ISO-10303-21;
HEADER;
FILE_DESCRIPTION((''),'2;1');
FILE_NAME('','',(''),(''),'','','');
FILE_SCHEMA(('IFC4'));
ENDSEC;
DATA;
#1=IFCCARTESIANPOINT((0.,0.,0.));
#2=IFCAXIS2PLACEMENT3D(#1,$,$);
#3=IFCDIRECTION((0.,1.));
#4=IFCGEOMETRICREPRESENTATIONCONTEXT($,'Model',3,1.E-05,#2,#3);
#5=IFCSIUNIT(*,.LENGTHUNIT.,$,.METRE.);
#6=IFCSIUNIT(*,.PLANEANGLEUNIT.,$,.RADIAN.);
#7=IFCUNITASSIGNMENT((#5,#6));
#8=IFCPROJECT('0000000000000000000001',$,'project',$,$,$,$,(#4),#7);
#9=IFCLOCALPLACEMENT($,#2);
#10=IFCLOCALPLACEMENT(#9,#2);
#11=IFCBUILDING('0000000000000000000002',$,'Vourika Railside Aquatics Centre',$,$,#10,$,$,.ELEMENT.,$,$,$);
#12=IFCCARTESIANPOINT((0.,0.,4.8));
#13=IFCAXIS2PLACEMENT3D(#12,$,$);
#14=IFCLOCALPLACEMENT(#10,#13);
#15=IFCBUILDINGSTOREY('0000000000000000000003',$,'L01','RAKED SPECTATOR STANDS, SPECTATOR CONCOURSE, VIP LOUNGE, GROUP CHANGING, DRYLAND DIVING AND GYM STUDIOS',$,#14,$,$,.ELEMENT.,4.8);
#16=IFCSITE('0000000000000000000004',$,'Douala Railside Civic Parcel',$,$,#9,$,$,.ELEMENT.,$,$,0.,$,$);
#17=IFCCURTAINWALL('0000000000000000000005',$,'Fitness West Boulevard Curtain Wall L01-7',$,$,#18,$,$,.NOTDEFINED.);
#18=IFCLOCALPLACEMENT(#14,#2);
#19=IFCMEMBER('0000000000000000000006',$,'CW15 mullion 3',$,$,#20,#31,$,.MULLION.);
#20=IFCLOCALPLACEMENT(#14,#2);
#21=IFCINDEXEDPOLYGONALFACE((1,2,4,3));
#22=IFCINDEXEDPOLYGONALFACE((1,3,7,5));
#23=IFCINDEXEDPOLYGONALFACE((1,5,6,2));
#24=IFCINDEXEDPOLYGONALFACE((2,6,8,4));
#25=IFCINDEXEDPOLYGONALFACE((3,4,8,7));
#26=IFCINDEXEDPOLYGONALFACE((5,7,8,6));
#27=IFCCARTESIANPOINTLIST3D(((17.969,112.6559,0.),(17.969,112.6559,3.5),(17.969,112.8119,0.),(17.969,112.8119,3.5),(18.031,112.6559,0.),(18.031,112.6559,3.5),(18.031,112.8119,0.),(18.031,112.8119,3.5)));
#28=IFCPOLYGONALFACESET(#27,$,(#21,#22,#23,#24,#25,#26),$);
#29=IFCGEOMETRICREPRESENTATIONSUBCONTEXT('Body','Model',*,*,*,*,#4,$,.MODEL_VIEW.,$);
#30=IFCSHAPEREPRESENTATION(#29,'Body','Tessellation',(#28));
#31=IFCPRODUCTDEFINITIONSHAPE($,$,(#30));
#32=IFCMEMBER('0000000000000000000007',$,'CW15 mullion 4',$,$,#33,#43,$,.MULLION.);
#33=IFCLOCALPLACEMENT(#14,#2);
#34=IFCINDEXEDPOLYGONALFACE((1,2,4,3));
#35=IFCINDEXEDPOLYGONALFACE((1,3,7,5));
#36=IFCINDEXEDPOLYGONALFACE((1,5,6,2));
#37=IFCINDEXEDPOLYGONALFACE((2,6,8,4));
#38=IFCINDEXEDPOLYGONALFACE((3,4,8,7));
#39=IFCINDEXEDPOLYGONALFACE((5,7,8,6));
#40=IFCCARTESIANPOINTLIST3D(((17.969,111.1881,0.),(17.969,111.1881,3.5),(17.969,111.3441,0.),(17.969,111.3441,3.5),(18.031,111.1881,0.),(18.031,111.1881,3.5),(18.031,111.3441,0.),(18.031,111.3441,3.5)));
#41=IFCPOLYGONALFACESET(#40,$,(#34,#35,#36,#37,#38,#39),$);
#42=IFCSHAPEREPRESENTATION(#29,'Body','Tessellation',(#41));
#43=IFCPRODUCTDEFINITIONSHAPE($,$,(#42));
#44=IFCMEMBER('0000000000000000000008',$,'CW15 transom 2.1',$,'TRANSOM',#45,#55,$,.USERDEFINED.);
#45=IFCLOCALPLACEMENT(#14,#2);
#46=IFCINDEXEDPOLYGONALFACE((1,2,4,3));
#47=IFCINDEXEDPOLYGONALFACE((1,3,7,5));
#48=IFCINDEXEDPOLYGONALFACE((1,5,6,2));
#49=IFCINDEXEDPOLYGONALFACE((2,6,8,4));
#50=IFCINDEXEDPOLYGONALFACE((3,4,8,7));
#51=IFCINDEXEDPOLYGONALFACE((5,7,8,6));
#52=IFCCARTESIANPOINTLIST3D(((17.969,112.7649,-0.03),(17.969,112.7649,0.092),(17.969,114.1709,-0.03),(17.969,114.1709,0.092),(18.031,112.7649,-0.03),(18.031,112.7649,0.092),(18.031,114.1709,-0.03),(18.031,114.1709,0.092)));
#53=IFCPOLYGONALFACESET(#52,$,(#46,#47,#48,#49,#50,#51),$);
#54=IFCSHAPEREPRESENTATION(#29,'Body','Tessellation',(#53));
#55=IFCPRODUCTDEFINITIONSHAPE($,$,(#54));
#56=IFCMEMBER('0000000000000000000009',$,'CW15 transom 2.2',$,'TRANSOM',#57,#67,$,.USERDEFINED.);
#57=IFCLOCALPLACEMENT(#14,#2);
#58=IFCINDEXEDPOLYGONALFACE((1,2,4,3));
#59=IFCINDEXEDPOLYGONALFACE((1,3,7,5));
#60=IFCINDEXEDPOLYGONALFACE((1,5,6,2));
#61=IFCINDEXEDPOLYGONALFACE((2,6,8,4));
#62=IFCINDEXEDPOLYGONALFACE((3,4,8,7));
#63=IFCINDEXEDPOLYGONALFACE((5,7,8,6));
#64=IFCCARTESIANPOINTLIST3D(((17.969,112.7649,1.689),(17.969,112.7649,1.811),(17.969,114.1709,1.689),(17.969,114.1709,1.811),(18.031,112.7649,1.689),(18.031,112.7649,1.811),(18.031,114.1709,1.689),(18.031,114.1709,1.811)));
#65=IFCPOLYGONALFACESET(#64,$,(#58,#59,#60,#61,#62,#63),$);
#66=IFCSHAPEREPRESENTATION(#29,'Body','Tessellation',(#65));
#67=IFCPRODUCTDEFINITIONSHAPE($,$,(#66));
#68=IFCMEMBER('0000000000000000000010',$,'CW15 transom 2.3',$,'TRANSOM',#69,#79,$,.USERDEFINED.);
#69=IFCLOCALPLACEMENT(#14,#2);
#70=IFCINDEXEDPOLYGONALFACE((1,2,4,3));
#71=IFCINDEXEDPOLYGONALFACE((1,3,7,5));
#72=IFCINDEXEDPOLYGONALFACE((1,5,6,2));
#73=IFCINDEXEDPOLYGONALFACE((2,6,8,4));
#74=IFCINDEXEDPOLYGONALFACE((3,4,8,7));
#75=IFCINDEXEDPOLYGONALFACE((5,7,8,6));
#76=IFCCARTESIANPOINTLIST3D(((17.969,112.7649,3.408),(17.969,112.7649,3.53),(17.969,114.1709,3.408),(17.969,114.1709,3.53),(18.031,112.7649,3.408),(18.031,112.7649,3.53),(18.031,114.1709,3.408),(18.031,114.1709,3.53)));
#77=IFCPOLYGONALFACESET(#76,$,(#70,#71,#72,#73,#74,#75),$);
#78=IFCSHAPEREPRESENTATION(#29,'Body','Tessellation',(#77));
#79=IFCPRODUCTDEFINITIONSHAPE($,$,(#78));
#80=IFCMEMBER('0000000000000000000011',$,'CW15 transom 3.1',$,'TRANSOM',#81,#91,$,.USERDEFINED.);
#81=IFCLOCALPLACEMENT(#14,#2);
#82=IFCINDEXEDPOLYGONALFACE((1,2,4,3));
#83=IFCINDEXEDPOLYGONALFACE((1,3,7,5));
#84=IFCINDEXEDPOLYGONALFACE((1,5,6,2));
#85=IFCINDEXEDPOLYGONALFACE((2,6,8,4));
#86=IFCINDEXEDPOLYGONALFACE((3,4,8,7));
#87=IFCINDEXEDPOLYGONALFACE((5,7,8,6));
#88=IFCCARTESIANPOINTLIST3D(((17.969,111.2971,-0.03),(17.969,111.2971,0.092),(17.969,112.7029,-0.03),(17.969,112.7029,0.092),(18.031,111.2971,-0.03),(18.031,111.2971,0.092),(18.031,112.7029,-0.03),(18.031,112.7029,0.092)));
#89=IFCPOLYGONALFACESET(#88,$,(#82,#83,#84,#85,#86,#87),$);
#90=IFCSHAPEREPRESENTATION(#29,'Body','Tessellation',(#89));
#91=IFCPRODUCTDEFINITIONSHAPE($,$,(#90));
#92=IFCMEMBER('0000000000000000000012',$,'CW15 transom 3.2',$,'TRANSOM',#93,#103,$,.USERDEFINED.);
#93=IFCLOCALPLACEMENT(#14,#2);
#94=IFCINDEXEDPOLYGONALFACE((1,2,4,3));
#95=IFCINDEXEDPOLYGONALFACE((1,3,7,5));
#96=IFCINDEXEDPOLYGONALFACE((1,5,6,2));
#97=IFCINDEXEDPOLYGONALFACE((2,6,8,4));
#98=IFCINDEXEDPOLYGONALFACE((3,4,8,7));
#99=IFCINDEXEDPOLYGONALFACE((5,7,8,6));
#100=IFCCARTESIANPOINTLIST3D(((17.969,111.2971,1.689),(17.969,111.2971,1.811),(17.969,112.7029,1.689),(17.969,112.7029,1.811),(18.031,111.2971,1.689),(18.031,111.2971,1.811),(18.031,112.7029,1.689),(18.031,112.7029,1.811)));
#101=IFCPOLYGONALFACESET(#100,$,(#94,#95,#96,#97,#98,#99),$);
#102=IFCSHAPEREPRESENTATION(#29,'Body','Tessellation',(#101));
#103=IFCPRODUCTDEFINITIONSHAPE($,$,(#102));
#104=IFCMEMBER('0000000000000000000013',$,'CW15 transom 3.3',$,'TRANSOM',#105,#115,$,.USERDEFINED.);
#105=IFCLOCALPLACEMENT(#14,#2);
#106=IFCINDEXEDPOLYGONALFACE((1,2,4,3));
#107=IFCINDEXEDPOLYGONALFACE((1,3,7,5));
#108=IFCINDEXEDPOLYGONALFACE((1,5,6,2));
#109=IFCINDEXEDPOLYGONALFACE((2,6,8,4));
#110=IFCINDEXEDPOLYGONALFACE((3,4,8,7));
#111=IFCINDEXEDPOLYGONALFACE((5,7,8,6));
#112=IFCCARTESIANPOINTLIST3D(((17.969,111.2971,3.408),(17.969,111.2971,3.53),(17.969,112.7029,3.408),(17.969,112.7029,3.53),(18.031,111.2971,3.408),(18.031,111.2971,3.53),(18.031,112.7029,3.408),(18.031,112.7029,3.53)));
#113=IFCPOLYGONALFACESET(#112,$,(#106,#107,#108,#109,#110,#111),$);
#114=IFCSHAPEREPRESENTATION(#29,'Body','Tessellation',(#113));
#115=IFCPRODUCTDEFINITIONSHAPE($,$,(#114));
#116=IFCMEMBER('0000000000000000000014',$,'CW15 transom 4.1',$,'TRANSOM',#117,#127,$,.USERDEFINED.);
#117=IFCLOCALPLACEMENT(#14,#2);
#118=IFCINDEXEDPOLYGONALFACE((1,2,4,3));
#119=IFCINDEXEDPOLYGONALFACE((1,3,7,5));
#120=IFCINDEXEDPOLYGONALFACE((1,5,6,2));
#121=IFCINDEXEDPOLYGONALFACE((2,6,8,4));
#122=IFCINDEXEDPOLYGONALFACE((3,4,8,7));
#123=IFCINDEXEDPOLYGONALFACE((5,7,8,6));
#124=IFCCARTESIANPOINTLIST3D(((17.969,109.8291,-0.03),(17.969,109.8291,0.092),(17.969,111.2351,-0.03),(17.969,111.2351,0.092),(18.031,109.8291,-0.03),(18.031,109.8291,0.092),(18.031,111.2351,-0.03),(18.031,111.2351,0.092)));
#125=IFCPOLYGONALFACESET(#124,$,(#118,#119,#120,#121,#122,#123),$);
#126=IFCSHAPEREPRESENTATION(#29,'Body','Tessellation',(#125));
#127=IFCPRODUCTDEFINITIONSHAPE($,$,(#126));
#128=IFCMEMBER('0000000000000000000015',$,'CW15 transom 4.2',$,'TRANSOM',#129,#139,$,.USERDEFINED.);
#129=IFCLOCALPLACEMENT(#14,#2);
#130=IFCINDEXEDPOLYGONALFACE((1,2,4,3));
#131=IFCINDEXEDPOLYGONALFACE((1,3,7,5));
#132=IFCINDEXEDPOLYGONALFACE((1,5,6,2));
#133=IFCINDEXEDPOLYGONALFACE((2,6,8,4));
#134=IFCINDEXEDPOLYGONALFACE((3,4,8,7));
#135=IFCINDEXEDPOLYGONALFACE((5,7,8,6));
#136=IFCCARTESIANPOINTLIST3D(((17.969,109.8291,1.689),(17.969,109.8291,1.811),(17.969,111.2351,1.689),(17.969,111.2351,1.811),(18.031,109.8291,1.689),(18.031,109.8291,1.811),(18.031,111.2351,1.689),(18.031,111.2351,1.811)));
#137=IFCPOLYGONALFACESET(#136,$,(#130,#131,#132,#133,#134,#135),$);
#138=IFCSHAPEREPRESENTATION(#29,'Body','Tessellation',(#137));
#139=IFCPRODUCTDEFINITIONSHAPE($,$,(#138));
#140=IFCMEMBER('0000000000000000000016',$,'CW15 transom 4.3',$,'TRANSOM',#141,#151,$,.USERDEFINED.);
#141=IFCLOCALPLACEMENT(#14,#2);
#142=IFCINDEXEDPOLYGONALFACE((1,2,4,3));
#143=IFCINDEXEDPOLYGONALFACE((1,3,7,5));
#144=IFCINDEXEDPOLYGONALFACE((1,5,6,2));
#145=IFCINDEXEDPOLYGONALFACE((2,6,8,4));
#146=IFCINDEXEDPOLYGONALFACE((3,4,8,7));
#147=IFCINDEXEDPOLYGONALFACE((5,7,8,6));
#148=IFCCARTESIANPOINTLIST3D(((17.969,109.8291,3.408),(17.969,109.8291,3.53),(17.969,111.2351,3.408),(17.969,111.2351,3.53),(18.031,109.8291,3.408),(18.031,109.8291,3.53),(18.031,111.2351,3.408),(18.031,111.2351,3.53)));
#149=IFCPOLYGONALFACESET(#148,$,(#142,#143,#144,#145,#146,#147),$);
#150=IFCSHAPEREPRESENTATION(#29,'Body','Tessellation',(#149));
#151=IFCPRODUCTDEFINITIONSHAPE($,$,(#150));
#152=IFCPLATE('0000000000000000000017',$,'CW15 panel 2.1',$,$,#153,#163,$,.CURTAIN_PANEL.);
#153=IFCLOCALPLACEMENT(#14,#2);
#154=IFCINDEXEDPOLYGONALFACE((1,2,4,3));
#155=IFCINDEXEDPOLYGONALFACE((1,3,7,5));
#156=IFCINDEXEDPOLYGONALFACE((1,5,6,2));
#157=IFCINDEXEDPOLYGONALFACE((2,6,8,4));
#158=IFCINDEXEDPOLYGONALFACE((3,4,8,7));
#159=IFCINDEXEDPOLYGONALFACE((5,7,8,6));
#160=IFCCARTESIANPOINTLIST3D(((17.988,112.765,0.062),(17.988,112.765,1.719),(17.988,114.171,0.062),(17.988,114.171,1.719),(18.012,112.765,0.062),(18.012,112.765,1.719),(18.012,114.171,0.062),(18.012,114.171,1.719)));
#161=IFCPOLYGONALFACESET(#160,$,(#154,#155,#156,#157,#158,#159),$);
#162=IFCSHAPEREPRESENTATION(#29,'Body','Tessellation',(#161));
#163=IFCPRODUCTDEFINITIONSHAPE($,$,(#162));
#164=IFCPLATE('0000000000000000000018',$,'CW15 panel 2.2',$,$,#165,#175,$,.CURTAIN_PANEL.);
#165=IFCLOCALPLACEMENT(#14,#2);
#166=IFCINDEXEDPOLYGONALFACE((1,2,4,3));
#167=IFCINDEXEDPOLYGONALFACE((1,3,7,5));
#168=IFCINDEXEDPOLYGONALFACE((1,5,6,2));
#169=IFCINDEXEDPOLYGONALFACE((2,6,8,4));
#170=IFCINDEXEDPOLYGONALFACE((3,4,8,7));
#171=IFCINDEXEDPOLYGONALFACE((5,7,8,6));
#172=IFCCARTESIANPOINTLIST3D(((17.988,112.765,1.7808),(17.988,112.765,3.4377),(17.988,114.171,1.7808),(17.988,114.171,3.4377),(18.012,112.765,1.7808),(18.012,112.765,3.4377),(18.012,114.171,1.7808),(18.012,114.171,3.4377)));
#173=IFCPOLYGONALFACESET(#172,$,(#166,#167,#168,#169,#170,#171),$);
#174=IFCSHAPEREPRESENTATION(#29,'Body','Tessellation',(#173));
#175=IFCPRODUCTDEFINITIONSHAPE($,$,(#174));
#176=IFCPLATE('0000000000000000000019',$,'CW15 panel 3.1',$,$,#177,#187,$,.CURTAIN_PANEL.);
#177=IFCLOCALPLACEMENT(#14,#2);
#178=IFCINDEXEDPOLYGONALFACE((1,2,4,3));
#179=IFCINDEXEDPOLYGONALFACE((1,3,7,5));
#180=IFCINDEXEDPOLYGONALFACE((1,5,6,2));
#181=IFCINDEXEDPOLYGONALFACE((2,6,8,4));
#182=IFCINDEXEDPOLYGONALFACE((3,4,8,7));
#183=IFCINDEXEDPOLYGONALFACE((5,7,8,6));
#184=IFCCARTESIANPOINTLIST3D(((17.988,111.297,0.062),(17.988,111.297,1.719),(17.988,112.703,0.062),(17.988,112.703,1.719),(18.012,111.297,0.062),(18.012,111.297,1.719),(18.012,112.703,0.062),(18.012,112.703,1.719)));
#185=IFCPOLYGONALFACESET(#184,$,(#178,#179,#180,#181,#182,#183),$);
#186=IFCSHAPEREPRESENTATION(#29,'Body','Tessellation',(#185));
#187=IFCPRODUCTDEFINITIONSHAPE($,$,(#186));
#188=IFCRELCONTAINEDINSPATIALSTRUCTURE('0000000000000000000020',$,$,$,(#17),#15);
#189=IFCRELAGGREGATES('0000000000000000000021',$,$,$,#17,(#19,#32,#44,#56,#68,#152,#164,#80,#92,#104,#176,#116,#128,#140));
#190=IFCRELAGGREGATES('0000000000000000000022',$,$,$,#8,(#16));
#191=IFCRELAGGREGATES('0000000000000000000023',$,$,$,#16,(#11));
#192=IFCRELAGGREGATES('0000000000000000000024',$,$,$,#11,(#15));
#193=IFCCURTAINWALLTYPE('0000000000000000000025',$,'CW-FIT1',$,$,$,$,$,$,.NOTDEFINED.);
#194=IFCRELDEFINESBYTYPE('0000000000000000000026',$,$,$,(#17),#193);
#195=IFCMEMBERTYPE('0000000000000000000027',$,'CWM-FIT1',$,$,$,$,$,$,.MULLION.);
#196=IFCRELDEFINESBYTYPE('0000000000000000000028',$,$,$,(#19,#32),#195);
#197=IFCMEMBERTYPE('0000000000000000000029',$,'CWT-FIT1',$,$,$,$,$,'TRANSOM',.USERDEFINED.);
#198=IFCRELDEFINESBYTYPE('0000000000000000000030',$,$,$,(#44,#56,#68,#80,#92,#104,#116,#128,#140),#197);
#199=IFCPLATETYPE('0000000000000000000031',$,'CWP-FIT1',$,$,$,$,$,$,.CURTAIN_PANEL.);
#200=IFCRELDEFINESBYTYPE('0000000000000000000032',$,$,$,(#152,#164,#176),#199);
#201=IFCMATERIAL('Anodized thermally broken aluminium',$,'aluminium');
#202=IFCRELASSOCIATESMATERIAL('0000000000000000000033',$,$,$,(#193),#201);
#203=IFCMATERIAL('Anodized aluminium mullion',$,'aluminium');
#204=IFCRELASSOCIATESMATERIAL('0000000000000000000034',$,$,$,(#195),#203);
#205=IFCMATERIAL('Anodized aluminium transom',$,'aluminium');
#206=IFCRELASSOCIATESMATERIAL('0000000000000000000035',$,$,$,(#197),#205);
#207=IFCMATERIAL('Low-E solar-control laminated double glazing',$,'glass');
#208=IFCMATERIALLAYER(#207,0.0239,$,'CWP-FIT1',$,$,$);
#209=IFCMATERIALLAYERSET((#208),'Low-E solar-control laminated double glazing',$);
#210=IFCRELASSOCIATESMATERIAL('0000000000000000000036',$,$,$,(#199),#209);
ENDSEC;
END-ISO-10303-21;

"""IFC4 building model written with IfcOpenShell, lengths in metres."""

from ifc_helpers import new_model, si_unit, direction, frame, origin, origin_2d, place, context, subcontext, project, spatial, rectangle, extrude, material, layer, layer_set, material_profile, profile_set, type_object, element, aggregate, save


model = new_model("IFC4")

# Units and contexts
model_context = context("Model", 3, precision=1e-05, world=origin(), true_north=direction((0.0, 1.0)))
body_context = subcontext(model_context, "Body", "Model", "MODEL_VIEW")
ifc_project = project(units=[si_unit("LENGTHUNIT", "METRE"), si_unit("PLANEANGLEUNIT", "RADIAN")], contexts=[model_context])

# Site, building, storey
site_placement = place(None, origin())
site = spatial("IfcSite", under=ifc_project, at=site_placement, Name="Douala Railside Civic Parcel", CompositionType="ELEMENT", RefElevation=0.0)
building_placement = place(site_placement, origin())
building = spatial("IfcBuilding", under=site, at=building_placement, Name="Vourika Railside Aquatics Centre", CompositionType="ELEMENT")
storey_placement = place(building_placement, frame((0.0, 0.0, 4.8)))
storey = spatial("IfcBuildingStorey", under=building, at=storey_placement, Name="L01", Description="RAKED SPECTATOR STANDS, SPECTATOR CONCOURSE, VIP LOUNGE, GROUP CHANGING, DRYLAND DIVING AND GYM STUDIOS", CompositionType="ELEMENT", Elevation=4.8)

# Curtain wall, members, plates
ifc_material_1 = material(Name="Anodized thermally broken aluminium", Category="aluminium")
curtain_wall_type = type_object("IfcCurtainWallType", Name="CW-FIT1", PredefinedType="NOTDEFINED", material=ifc_material_1)
curtain_wall_placement = place(storey_placement, origin())
curtain_wall = element("IfcCurtainWall", 1, at=curtain_wall_placement, inside=storey, type_object=curtain_wall_type, Name="Fitness West Boulevard Curtain Wall L01-7", PredefinedType="NOTDEFINED")
ifc_material_2 = material(Name="Anodized aluminium mullion", Category="aluminium")
ifc_material_profile_1 = material_profile(ifc_material_2, rectangle(XDim=0.062, YDim=0.156, at=origin_2d()), Name="ALU-M 62x156")
ifc_profile_set_1 = profile_set([ifc_material_profile_1], Name="Anodized aluminium mullion")
member_type_1 = type_object("IfcMemberType", Name="CWM-FIT1", PredefinedType="MULLION", material=ifc_profile_set_1)
member_1_placement = place(storey_placement, frame((18.0, 112.7339, 0.0), z_axis=(0.0, 0.0, 1.0), x_axis=(1.0, 0.0, 0.0)))
member_1 = element("IfcMember", 2, at=member_1_placement, type_object=member_type_1, Name="CW15 mullion 3", PredefinedType="MULLION", context=body_context, shape_type="SweptSolid", body=[
    extrude(rectangle(XDim=0.062, YDim=0.156, at=origin_2d()), origin(), (0.0, 0.0, 1.0), 3.5),
])
member_2_placement = place(storey_placement, frame((18.0, 111.2661, 0.0), z_axis=(0.0, 0.0, 1.0), x_axis=(1.0, 0.0, 0.0)))
member_2 = element("IfcMember", 3, at=member_2_placement, type_object=member_type_1, Name="CW15 mullion 4", PredefinedType="MULLION", context=body_context, shape_type="SweptSolid", body=[
    extrude(rectangle(XDim=0.062, YDim=0.156, at=origin_2d()), origin(), (0.0, 0.0, 1.0), 3.5),
])
ifc_material_3 = material(Name="Anodized aluminium transom", Category="aluminium")
ifc_material_profile_2 = material_profile(ifc_material_3, rectangle(XDim=0.062, YDim=0.1221, at=origin_2d()), Name="ALU-T 62x122")
ifc_profile_set_2 = profile_set([ifc_material_profile_2], Name="Anodized aluminium transom")
member_type_2 = type_object("IfcMemberType", Name="CWT-FIT1", ElementType="TRANSOM", PredefinedType="USERDEFINED", material=ifc_profile_set_2)
member_3_placement = place(storey_placement, frame((18.0, 114.1709, 0.031), z_axis=(0.0, -1.0, 0.0), x_axis=(1.0, 0.0, 0.0)))
member_3 = element("IfcMember", 4, at=member_3_placement, type_object=member_type_2, Name="CW15 transom 2.1", ObjectType="TRANSOM", PredefinedType="USERDEFINED", context=body_context, shape_type="SweptSolid", body=[
    extrude(rectangle(XDim=0.062, YDim=0.1221, at=origin_2d()), origin(), (0.0, 0.0, 1.0), 1.406),
])
member_4_placement = place(storey_placement, frame((18.0, 114.1709, 1.75), z_axis=(0.0, -1.0, 0.0), x_axis=(1.0, 0.0, 0.0)))
member_4 = element("IfcMember", 5, at=member_4_placement, type_object=member_type_2, Name="CW15 transom 2.2", ObjectType="TRANSOM", PredefinedType="USERDEFINED", context=body_context, shape_type="SweptSolid", body=[
    extrude(rectangle(XDim=0.062, YDim=0.1221, at=origin_2d()), origin(), (0.0, 0.0, 1.0), 1.406),
])
member_5_placement = place(storey_placement, frame((18.0, 114.1709, 3.469), z_axis=(0.0, -1.0, 0.0), x_axis=(1.0, 0.0, 0.0)))
member_5 = element("IfcMember", 6, at=member_5_placement, type_object=member_type_2, Name="CW15 transom 2.3", ObjectType="TRANSOM", PredefinedType="USERDEFINED", context=body_context, shape_type="SweptSolid", body=[
    extrude(rectangle(XDim=0.062, YDim=0.1221, at=origin_2d()), origin(), (0.0, 0.0, 1.0), 1.406),
])
member_6_placement = place(storey_placement, frame((18.0, 112.7029, 0.031), z_axis=(0.0, -1.0, 0.0), x_axis=(1.0, 0.0, 0.0)))
member_6 = element("IfcMember", 7, at=member_6_placement, type_object=member_type_2, Name="CW15 transom 3.1", ObjectType="TRANSOM", PredefinedType="USERDEFINED", context=body_context, shape_type="SweptSolid", body=[
    extrude(rectangle(XDim=0.062, YDim=0.1221, at=origin_2d()), origin(), (0.0, 0.0, 1.0), 1.4058),
])
member_7_placement = place(storey_placement, frame((18.0, 112.7029, 1.75), z_axis=(0.0, -1.0, 0.0), x_axis=(1.0, 0.0, 0.0)))
member_7 = element("IfcMember", 8, at=member_7_placement, type_object=member_type_2, Name="CW15 transom 3.2", ObjectType="TRANSOM", PredefinedType="USERDEFINED", context=body_context, shape_type="SweptSolid", body=[
    extrude(rectangle(XDim=0.062, YDim=0.1221, at=origin_2d()), origin(), (0.0, 0.0, 1.0), 1.4058),
])
member_8_placement = place(storey_placement, frame((18.0, 112.7029, 3.469), z_axis=(0.0, -1.0, 0.0), x_axis=(1.0, 0.0, 0.0)))
member_8 = element("IfcMember", 9, at=member_8_placement, type_object=member_type_2, Name="CW15 transom 3.3", ObjectType="TRANSOM", PredefinedType="USERDEFINED", context=body_context, shape_type="SweptSolid", body=[
    extrude(rectangle(XDim=0.062, YDim=0.1221, at=origin_2d()), origin(), (0.0, 0.0, 1.0), 1.4058),
])
member_9_placement = place(storey_placement, frame((18.0, 111.2351, 0.031), z_axis=(0.0, -1.0, 0.0), x_axis=(1.0, 0.0, 0.0)))
member_9 = element("IfcMember", 10, at=member_9_placement, type_object=member_type_2, Name="CW15 transom 4.1", ObjectType="TRANSOM", PredefinedType="USERDEFINED", context=body_context, shape_type="SweptSolid", body=[
    extrude(rectangle(XDim=0.062, YDim=0.1221, at=origin_2d()), origin(), (0.0, 0.0, 1.0), 1.406),
])
member_10_placement = place(storey_placement, frame((18.0, 111.2351, 1.75), z_axis=(0.0, -1.0, 0.0), x_axis=(1.0, 0.0, 0.0)))
member_10 = element("IfcMember", 11, at=member_10_placement, type_object=member_type_2, Name="CW15 transom 4.2", ObjectType="TRANSOM", PredefinedType="USERDEFINED", context=body_context, shape_type="SweptSolid", body=[
    extrude(rectangle(XDim=0.062, YDim=0.1221, at=origin_2d()), origin(), (0.0, 0.0, 1.0), 1.406),
])
member_11_placement = place(storey_placement, frame((18.0, 111.2351, 3.469), z_axis=(0.0, -1.0, 0.0), x_axis=(1.0, 0.0, 0.0)))
member_11 = element("IfcMember", 12, at=member_11_placement, type_object=member_type_2, Name="CW15 transom 4.3", ObjectType="TRANSOM", PredefinedType="USERDEFINED", context=body_context, shape_type="SweptSolid", body=[
    extrude(rectangle(XDim=0.062, YDim=0.1221, at=origin_2d()), origin(), (0.0, 0.0, 1.0), 1.406),
])
ifc_material_4 = material(Name="Low-E solar-control laminated double glazing", Category="glass")
ifc_layer = layer(ifc_material_4, 0.0239, Name="CWP-FIT1")
ifc_layer_set = layer_set([ifc_layer], Name="Low-E solar-control laminated double glazing")
plate_type = type_object("IfcPlateType", Name="CWP-FIT1", PredefinedType="CURTAIN_PANEL", material=ifc_layer_set)
plate_1_placement = place(storey_placement, frame((18.0, 113.468, 0.062), z_axis=(0.0, 0.0, 1.0), x_axis=(0.0, -1.0, 0.0)))
plate_1 = element("IfcPlate", 13, at=plate_1_placement, type_object=plate_type, Name="CW15 panel 2.1", PredefinedType="CURTAIN_PANEL", context=body_context, shape_type="SweptSolid", body=[
    extrude(rectangle(XDim=1.406, YDim=0.0239, at=origin_2d()), origin(), (0.0, 0.0, 1.0), 1.657),
])
plate_2_placement = place(storey_placement, frame((18.0, 113.468, 1.7808), z_axis=(0.0, 0.0, 1.0), x_axis=(0.0, -1.0, 0.0)))
plate_2 = element("IfcPlate", 14, at=plate_2_placement, type_object=plate_type, Name="CW15 panel 2.2", PredefinedType="CURTAIN_PANEL", context=body_context, shape_type="SweptSolid", body=[
    extrude(rectangle(XDim=1.406, YDim=0.0239, at=origin_2d()), origin(), (0.0, 0.0, 1.0), 1.657),
])
plate_3_placement = place(storey_placement, frame((18.0, 112.0, 0.062), z_axis=(0.0, 0.0, 1.0), x_axis=(0.0, -1.0, 0.0)))
plate_3 = element("IfcPlate", 15, at=plate_3_placement, type_object=plate_type, Name="CW15 panel 3.1", PredefinedType="CURTAIN_PANEL", context=body_context, shape_type="SweptSolid", body=[
    extrude(rectangle(XDim=1.406, YDim=0.0239, at=origin_2d()), origin(), (0.0, 0.0, 1.0), 1.657),
])
aggregate(curtain_wall, [member_1, member_2, member_3, member_4, member_5, plate_1, plate_2, member_6, member_7, member_8, plate_3, member_9, member_10, member_11])

save(model, "model.ifc")
